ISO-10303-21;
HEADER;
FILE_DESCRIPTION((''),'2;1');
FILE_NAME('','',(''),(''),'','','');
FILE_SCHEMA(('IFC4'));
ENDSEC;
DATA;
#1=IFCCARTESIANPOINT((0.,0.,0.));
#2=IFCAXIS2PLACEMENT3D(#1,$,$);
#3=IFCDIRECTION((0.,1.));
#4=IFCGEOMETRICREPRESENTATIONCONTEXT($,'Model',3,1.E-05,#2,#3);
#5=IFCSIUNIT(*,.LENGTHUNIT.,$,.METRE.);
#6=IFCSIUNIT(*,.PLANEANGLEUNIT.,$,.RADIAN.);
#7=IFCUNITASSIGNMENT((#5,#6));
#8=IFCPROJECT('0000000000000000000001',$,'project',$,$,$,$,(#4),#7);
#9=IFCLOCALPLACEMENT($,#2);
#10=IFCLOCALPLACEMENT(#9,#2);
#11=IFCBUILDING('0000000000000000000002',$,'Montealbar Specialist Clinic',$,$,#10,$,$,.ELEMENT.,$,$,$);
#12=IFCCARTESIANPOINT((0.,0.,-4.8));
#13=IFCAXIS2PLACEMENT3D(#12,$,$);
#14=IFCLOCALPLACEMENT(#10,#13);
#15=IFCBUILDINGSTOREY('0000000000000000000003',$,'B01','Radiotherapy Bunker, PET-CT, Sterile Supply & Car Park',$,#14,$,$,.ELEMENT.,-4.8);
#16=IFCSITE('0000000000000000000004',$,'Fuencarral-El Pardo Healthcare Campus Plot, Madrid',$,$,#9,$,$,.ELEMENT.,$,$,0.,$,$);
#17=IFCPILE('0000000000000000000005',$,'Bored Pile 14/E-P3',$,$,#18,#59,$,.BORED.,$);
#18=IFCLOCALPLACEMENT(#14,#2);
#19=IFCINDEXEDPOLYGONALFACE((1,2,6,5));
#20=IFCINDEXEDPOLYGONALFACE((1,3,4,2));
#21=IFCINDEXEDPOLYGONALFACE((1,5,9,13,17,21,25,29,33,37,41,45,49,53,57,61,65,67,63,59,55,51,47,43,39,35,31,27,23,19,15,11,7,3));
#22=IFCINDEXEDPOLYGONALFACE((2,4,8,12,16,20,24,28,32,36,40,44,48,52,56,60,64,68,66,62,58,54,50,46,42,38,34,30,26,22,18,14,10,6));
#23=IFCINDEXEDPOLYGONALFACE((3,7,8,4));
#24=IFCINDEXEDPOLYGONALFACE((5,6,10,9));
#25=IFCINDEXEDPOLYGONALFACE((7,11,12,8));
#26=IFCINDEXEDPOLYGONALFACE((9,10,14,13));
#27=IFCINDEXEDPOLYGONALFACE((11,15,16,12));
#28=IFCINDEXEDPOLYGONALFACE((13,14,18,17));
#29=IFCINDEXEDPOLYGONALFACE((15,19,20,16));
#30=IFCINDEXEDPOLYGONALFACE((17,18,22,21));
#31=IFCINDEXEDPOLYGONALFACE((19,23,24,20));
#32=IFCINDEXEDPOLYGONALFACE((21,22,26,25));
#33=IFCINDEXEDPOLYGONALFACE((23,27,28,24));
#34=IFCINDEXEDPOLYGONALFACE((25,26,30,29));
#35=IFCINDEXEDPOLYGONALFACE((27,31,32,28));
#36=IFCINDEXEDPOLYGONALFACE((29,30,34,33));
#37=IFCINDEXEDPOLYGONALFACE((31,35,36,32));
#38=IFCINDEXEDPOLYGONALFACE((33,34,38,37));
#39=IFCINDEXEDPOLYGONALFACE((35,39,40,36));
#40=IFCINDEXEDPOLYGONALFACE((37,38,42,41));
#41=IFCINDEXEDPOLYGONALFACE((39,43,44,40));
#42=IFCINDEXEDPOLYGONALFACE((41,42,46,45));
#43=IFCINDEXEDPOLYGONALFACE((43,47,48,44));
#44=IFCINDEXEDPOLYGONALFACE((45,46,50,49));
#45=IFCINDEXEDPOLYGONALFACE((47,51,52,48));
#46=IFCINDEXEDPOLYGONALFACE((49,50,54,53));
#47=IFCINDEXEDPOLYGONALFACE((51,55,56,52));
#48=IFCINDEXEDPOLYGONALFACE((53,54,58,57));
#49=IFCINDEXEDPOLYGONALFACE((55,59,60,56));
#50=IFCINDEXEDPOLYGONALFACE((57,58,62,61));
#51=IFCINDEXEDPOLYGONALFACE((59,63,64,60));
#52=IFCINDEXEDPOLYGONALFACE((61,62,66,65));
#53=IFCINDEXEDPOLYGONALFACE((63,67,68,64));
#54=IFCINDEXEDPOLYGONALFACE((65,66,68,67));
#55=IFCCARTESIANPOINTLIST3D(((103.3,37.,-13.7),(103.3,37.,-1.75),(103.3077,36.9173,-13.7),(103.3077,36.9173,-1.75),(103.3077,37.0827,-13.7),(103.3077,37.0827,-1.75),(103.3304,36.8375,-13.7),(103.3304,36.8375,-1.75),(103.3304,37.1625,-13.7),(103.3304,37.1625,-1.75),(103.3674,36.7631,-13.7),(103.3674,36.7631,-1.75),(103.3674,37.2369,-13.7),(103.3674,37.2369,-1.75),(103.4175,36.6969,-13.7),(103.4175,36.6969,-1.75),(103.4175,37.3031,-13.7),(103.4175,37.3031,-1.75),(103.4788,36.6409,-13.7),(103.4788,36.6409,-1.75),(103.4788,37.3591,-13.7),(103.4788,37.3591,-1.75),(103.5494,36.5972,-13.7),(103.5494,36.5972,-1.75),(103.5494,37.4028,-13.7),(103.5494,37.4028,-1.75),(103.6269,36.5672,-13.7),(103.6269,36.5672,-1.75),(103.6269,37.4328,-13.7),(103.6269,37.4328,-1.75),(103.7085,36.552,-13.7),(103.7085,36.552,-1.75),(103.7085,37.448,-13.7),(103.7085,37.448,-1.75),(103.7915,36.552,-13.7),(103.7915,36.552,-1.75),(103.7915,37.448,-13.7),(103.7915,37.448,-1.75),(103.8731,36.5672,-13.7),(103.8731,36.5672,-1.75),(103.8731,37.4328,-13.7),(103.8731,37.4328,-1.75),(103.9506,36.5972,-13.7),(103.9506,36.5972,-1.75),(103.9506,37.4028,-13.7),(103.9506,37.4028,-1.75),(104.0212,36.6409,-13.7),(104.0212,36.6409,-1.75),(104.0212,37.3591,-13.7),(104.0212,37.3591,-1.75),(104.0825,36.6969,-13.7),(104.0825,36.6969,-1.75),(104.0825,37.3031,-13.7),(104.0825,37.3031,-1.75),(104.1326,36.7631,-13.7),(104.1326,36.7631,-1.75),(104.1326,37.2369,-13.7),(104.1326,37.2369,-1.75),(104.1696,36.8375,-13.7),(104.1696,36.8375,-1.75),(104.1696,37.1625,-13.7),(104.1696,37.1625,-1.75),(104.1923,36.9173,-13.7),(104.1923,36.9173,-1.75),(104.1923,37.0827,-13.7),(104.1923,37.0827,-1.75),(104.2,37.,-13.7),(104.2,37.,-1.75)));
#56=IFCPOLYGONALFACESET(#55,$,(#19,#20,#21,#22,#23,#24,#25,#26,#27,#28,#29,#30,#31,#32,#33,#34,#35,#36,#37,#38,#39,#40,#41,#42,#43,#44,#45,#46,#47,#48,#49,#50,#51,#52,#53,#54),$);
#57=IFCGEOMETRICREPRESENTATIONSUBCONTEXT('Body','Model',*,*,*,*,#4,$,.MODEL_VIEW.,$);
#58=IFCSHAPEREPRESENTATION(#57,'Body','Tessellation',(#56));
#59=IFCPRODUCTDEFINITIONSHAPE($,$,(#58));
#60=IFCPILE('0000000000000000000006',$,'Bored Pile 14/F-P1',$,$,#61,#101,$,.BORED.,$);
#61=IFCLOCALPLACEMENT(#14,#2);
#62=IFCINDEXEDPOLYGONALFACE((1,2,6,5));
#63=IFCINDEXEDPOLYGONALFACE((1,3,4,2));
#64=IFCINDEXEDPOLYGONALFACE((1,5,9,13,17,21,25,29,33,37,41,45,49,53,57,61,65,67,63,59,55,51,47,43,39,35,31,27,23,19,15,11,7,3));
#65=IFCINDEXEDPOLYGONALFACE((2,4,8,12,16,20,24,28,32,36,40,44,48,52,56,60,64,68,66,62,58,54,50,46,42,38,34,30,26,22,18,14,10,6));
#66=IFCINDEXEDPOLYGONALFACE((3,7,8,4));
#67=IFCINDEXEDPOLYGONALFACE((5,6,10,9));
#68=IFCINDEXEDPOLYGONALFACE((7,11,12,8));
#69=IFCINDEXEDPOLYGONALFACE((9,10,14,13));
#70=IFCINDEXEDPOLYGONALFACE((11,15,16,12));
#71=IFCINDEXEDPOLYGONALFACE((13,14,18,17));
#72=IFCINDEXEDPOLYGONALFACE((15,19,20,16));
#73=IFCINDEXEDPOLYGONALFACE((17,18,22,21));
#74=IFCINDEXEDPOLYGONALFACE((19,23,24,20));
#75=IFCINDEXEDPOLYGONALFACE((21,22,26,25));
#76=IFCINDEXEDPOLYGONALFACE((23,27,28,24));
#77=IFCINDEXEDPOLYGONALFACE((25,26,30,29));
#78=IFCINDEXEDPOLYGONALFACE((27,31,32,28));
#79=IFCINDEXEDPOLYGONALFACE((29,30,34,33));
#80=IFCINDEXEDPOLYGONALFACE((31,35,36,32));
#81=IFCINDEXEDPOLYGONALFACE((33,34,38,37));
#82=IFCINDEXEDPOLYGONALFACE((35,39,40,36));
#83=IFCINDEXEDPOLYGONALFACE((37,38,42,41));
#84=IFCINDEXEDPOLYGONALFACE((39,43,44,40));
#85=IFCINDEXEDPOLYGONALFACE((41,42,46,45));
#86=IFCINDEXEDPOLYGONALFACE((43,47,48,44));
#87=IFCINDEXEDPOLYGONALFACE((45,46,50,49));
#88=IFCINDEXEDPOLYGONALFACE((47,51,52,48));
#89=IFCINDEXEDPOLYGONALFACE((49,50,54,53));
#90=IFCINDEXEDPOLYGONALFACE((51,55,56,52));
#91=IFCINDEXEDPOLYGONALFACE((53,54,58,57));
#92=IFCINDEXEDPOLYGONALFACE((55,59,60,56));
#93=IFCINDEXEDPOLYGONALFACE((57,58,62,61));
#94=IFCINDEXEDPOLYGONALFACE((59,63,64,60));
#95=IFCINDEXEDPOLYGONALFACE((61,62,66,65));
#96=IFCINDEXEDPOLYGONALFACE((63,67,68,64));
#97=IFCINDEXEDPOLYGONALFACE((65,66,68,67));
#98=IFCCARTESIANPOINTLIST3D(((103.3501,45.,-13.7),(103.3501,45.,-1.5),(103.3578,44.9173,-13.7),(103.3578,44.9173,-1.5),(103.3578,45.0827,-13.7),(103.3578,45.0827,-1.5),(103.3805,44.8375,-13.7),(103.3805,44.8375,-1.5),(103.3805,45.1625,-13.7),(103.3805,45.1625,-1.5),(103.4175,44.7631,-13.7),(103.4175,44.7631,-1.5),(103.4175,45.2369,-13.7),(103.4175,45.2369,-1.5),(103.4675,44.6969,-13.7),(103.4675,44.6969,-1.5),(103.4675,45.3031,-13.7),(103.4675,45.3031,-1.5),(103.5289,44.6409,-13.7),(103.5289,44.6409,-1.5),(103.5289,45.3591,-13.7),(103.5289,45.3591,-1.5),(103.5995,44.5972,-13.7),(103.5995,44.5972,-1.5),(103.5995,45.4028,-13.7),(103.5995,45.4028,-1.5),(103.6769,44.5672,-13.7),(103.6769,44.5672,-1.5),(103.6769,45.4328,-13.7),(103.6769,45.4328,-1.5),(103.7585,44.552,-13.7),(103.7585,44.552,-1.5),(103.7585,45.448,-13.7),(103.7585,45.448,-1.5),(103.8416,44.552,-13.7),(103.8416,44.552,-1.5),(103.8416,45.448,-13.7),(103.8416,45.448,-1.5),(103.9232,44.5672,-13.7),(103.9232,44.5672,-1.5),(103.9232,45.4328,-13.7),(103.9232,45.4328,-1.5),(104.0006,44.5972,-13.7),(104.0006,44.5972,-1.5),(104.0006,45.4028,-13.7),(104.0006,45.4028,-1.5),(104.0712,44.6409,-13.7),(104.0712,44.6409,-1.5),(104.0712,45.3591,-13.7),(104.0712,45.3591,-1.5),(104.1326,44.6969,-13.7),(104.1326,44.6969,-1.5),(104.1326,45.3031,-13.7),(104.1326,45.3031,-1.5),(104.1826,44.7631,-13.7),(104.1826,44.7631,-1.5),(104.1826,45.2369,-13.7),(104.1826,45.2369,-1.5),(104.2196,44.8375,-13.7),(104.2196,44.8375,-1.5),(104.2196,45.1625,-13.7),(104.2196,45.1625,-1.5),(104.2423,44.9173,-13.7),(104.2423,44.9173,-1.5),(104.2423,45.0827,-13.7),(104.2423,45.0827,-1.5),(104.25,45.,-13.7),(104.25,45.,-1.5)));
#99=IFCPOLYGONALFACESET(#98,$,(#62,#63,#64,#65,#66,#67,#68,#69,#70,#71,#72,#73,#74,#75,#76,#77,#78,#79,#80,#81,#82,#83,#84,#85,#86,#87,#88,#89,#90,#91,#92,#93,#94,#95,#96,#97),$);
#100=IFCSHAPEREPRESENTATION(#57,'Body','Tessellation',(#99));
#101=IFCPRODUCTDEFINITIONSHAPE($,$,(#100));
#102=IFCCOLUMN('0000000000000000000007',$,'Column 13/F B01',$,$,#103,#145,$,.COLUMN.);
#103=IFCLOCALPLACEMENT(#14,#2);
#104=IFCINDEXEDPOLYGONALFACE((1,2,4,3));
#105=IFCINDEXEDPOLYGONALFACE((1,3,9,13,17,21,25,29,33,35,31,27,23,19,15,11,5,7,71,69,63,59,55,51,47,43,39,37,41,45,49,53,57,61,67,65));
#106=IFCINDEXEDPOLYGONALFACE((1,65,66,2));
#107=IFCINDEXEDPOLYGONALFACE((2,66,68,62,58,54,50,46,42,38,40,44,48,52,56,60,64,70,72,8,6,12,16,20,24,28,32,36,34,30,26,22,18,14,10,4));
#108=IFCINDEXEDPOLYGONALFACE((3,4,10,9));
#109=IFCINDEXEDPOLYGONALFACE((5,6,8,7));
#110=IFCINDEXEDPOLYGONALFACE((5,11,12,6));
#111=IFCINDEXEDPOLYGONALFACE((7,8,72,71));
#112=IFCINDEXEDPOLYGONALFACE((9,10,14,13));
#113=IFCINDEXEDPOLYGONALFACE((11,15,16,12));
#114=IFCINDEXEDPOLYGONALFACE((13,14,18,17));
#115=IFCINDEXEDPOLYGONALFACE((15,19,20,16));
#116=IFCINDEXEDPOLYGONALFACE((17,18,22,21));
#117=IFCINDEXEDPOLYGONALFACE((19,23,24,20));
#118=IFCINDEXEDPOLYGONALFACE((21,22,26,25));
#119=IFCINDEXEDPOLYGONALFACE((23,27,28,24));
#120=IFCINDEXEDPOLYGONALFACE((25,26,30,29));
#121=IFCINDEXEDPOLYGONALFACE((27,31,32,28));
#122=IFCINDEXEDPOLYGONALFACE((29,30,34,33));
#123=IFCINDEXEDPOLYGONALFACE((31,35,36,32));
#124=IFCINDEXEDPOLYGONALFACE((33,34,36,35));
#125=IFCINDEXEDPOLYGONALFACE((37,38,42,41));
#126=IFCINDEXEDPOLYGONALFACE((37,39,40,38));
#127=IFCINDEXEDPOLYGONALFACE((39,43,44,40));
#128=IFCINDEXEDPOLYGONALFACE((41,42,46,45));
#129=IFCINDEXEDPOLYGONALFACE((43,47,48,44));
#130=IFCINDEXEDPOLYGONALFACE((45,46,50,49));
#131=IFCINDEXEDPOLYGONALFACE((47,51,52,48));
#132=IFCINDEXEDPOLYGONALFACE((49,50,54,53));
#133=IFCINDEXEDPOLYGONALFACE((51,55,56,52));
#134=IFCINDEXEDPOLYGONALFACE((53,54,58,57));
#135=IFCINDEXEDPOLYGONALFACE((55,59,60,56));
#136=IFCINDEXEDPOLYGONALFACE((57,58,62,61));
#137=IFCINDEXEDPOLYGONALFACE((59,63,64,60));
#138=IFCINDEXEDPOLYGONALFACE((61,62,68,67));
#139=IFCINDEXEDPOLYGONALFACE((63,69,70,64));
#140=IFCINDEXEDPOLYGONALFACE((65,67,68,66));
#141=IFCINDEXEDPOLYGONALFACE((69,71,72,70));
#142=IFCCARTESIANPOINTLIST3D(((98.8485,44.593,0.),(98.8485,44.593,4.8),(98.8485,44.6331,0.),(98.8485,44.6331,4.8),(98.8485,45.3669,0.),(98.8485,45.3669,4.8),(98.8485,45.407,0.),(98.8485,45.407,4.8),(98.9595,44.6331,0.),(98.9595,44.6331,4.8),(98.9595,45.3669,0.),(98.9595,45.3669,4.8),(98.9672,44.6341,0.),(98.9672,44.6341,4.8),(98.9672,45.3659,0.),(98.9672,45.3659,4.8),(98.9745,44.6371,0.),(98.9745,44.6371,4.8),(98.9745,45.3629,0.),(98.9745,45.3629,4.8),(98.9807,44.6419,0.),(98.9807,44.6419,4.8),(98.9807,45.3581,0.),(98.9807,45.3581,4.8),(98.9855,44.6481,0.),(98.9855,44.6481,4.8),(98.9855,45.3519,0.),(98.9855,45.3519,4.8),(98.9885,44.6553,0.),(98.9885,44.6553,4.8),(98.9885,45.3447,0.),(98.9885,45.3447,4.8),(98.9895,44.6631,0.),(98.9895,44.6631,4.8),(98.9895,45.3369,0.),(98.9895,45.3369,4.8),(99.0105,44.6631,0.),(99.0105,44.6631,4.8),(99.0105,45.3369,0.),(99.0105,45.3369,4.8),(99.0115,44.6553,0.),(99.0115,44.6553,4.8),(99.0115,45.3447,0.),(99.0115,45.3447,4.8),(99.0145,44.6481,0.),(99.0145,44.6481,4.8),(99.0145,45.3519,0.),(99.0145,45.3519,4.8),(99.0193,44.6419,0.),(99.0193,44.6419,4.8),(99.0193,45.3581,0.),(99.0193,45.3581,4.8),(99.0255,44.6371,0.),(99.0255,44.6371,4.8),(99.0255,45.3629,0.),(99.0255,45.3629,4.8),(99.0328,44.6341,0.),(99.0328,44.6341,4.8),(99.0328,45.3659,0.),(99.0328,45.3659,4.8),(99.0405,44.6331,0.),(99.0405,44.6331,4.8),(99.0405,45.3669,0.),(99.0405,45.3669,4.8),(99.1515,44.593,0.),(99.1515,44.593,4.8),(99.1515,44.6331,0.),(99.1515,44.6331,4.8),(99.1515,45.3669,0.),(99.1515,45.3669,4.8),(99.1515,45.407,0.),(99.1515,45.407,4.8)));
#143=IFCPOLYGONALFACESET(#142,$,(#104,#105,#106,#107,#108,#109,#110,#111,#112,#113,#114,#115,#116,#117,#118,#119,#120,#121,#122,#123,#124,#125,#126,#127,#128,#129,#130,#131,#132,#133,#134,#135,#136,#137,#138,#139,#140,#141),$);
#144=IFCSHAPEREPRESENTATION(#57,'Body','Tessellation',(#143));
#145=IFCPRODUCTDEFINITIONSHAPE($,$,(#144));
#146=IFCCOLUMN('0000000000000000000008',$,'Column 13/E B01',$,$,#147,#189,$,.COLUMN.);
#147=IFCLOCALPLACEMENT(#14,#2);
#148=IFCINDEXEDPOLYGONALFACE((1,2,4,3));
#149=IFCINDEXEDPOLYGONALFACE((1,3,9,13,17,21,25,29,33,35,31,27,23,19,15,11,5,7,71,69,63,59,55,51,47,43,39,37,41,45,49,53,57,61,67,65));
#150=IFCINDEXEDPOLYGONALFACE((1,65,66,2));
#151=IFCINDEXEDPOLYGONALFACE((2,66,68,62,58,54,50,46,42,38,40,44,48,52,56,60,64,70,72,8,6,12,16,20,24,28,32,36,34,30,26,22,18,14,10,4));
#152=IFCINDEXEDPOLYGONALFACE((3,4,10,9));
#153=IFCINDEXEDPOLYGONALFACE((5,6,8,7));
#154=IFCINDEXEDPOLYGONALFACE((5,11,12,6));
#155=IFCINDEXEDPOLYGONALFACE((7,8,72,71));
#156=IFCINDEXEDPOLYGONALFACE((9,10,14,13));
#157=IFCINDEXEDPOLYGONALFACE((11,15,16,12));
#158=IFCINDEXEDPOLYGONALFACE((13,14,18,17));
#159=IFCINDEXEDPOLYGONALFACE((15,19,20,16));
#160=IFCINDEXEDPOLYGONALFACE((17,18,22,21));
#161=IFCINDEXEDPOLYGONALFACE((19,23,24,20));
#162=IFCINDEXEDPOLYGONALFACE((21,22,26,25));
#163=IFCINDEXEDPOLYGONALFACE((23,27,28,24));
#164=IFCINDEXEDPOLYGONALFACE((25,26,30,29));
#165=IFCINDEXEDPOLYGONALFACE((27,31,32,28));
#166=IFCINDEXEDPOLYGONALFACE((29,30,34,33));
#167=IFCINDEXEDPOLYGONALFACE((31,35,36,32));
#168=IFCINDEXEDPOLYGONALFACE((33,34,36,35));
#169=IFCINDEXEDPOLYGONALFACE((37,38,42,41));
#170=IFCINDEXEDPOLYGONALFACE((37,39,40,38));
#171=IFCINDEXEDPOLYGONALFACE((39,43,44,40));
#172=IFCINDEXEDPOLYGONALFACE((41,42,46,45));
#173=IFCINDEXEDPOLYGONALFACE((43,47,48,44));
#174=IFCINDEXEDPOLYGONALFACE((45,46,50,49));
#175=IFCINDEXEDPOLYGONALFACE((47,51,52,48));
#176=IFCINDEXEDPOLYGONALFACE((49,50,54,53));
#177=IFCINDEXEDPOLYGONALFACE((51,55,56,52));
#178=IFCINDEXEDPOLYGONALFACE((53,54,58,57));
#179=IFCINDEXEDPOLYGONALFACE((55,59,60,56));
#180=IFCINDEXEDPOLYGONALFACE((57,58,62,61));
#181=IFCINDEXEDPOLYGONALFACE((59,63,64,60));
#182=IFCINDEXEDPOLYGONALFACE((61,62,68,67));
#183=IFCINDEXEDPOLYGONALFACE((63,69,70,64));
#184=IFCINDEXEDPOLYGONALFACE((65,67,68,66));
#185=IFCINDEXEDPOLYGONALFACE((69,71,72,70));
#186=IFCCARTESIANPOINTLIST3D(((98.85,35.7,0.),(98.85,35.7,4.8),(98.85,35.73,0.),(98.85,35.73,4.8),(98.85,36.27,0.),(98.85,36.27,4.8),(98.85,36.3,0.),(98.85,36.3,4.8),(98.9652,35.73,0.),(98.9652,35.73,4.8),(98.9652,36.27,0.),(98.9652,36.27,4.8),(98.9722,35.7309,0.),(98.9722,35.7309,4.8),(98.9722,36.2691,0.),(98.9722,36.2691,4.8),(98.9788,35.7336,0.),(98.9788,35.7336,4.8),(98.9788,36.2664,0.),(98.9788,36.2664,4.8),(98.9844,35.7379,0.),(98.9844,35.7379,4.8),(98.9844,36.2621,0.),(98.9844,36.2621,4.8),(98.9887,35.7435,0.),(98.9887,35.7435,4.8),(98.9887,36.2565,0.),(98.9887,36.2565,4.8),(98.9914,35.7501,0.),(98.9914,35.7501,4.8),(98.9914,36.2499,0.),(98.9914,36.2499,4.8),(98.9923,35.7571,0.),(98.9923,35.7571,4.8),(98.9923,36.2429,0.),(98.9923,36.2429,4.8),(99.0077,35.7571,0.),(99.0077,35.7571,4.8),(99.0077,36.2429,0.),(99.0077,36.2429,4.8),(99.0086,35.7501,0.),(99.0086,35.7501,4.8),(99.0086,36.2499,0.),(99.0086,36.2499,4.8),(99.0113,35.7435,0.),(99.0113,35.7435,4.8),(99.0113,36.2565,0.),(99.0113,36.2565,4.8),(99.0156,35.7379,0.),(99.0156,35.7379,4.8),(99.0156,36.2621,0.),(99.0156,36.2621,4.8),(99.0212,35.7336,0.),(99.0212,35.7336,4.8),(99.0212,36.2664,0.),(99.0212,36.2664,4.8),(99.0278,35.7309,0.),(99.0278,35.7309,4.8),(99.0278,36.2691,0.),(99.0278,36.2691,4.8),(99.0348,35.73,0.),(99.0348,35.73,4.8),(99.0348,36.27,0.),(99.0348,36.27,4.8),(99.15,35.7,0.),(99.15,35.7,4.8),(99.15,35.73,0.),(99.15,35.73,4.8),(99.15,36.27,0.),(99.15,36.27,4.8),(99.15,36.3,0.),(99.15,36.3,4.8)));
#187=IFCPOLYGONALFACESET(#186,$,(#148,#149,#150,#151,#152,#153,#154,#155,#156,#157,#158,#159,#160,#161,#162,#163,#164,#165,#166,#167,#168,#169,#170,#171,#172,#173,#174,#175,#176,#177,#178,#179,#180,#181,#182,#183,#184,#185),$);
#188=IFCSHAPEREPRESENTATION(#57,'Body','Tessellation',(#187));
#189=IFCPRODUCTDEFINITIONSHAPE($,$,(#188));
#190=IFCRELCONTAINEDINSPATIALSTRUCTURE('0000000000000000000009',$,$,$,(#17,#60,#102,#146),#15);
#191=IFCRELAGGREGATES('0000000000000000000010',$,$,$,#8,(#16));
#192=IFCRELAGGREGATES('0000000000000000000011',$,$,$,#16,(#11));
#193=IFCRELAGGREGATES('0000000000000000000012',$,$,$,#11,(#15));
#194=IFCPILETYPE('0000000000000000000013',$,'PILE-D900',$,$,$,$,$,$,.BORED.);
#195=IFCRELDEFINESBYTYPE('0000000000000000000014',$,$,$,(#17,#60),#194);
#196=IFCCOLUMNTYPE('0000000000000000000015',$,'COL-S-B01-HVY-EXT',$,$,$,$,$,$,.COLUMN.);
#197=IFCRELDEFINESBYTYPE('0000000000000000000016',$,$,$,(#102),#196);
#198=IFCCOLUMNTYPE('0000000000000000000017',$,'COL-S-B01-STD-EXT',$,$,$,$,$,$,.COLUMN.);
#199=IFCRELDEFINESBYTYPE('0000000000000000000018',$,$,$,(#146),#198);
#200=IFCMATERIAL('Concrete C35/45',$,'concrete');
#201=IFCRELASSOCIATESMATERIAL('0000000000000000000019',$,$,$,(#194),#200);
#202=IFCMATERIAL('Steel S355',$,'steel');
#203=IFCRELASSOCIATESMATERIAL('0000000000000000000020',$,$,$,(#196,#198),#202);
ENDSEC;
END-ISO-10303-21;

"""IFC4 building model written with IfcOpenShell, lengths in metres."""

from ifc_helpers import new_model, si_unit, direction, frame, origin, origin_2d, place, context, subcontext, project, spatial, circle, i_section, extrude, material, material_profile, profile_set, type_object, element, save


model = new_model("IFC4")

# Units and contexts
model_context = context("Model", 3, precision=1e-05, world=origin(), true_north=direction((0.0, 1.0)))
body_context = subcontext(model_context, "Body", "Model", "MODEL_VIEW")
ifc_project = project(units=[si_unit("LENGTHUNIT", "METRE"), si_unit("PLANEANGLEUNIT", "RADIAN")], contexts=[model_context])

# Site, building, storey
site_placement = place(None, origin())
site = spatial("IfcSite", under=ifc_project, at=site_placement, Name="Fuencarral-El Pardo Healthcare Campus Plot, Madrid", CompositionType="ELEMENT", RefElevation=0.0)
building_placement = place(site_placement, origin())
building = spatial("IfcBuilding", under=site, at=building_placement, Name="Montealbar Specialist Clinic", CompositionType="ELEMENT")
storey_placement = place(building_placement, frame((0.0, 0.0, -4.8)))
storey = spatial("IfcBuildingStorey", under=building, at=storey_placement, Name="B01", Description="Radiotherapy Bunker, PET-CT, Sterile Supply & Car Park", CompositionType="ELEMENT", Elevation=-4.8)

# Shared definitions
ifc_material_1 = material(Name="Concrete C35/45", Category="concrete")

# Piles
ifc_material_profile_1 = material_profile(ifc_material_1, circle(Radius=0.45, at=origin_2d()), Name="PILE D900", Category="concrete")
ifc_profile_set_1 = profile_set([ifc_material_profile_1], Name="Concrete C35/45")
pile_type_1 = type_object("IfcPileType", Name="PILE-D900", PredefinedType="BORED", material=ifc_profile_set_1)
for number, where, z_axis, x_axis, name in (
    (1, (103.75, 37.0, -1.75), (0.0, 0.0, -1.0), (1.0, 0.0, 0.0), "Bored Pile 14/E-P3"),
):
    element("IfcPile", number, at=place(storey_placement, frame(where, z_axis=z_axis, x_axis=x_axis)), inside=storey, type_object=pile_type_1, Name=name, PredefinedType="BORED", context=body_context, shape_type="SweptSolid", body=[
        extrude(circle(Radius=0.45, at=origin_2d()), origin(), (0.0, 0.0, 1.0), 11.95),
    ])
pile_placement = place(storey_placement, frame((103.8, 45.0, -1.5), z_axis=(0.0, 0.0, -1.0), x_axis=(1.0, 0.0, 0.0)))
element("IfcPile", 2, at=pile_placement, inside=storey, type_object=pile_type_1, Name="Bored Pile 14/F-P1", PredefinedType="BORED", context=body_context, shape_type="SweptSolid", body=[
    extrude(circle(Radius=0.45, at=origin_2d()), origin(), (0.0, 0.0, 1.0), 12.2),
])

# Columns
ifc_material_2 = material(Name="Steel S355", Category="steel")
ifc_material_profile_2 = material_profile(ifc_material_2, i_section(OverallWidth=0.303, OverallDepth=0.814, WebThickness=0.021, FlangeThickness=0.04, FilletRadius=0.03, at=origin_2d()), Name="HEM 800", Category="steel")
ifc_profile_set_2 = profile_set([ifc_material_profile_2], Name="Steel S355")
column_type_1 = type_object("IfcColumnType", Name="COL-S-B01-HVY-EXT", PredefinedType="COLUMN", material=ifc_profile_set_2)
column_1_placement = place(storey_placement, frame((99.0, 45.0, 0.0), z_axis=(0.0, 0.0, 1.0), x_axis=(1.0, 0.0, 0.0)))
element("IfcColumn", 3, at=column_1_placement, inside=storey, type_object=column_type_1, Name="Column 13/F B01", PredefinedType="COLUMN", context=body_context, shape_type="SweptSolid", body=[
    extrude(i_section(OverallWidth=0.303, OverallDepth=0.814, WebThickness=0.021, FlangeThickness=0.04, FilletRadius=0.03, at=origin_2d()), origin(), (0.0, 0.0, 1.0), 4.8),
])
ifc_material_profile_3 = material_profile(ifc_material_2, i_section(OverallWidth=0.3, OverallDepth=0.6001, WebThickness=0.0154, FlangeThickness=0.03, FilletRadius=0.0271, at=origin_2d()), Name="HEB 600", Category="steel")
ifc_profile_set_3 = profile_set([ifc_material_profile_3], Name="Steel S355")
column_type_2 = type_object("IfcColumnType", Name="COL-S-B01-STD-EXT", PredefinedType="COLUMN", material=ifc_profile_set_3)
column_2_placement = place(storey_placement, frame((99.0, 36.0, 0.0), z_axis=(0.0, 0.0, 1.0), x_axis=(1.0, 0.0, 0.0)))
element("IfcColumn", 4, at=column_2_placement, inside=storey, type_object=column_type_2, Name="Column 13/E B01", PredefinedType="COLUMN", context=body_context, shape_type="SweptSolid", body=[
    extrude(i_section(OverallWidth=0.3, OverallDepth=0.6001, WebThickness=0.0154, FlangeThickness=0.03, FilletRadius=0.0271, at=origin_2d()), origin(), (0.0, 0.0, 1.0), 4.8),
])

save(model, "model.ifc")
